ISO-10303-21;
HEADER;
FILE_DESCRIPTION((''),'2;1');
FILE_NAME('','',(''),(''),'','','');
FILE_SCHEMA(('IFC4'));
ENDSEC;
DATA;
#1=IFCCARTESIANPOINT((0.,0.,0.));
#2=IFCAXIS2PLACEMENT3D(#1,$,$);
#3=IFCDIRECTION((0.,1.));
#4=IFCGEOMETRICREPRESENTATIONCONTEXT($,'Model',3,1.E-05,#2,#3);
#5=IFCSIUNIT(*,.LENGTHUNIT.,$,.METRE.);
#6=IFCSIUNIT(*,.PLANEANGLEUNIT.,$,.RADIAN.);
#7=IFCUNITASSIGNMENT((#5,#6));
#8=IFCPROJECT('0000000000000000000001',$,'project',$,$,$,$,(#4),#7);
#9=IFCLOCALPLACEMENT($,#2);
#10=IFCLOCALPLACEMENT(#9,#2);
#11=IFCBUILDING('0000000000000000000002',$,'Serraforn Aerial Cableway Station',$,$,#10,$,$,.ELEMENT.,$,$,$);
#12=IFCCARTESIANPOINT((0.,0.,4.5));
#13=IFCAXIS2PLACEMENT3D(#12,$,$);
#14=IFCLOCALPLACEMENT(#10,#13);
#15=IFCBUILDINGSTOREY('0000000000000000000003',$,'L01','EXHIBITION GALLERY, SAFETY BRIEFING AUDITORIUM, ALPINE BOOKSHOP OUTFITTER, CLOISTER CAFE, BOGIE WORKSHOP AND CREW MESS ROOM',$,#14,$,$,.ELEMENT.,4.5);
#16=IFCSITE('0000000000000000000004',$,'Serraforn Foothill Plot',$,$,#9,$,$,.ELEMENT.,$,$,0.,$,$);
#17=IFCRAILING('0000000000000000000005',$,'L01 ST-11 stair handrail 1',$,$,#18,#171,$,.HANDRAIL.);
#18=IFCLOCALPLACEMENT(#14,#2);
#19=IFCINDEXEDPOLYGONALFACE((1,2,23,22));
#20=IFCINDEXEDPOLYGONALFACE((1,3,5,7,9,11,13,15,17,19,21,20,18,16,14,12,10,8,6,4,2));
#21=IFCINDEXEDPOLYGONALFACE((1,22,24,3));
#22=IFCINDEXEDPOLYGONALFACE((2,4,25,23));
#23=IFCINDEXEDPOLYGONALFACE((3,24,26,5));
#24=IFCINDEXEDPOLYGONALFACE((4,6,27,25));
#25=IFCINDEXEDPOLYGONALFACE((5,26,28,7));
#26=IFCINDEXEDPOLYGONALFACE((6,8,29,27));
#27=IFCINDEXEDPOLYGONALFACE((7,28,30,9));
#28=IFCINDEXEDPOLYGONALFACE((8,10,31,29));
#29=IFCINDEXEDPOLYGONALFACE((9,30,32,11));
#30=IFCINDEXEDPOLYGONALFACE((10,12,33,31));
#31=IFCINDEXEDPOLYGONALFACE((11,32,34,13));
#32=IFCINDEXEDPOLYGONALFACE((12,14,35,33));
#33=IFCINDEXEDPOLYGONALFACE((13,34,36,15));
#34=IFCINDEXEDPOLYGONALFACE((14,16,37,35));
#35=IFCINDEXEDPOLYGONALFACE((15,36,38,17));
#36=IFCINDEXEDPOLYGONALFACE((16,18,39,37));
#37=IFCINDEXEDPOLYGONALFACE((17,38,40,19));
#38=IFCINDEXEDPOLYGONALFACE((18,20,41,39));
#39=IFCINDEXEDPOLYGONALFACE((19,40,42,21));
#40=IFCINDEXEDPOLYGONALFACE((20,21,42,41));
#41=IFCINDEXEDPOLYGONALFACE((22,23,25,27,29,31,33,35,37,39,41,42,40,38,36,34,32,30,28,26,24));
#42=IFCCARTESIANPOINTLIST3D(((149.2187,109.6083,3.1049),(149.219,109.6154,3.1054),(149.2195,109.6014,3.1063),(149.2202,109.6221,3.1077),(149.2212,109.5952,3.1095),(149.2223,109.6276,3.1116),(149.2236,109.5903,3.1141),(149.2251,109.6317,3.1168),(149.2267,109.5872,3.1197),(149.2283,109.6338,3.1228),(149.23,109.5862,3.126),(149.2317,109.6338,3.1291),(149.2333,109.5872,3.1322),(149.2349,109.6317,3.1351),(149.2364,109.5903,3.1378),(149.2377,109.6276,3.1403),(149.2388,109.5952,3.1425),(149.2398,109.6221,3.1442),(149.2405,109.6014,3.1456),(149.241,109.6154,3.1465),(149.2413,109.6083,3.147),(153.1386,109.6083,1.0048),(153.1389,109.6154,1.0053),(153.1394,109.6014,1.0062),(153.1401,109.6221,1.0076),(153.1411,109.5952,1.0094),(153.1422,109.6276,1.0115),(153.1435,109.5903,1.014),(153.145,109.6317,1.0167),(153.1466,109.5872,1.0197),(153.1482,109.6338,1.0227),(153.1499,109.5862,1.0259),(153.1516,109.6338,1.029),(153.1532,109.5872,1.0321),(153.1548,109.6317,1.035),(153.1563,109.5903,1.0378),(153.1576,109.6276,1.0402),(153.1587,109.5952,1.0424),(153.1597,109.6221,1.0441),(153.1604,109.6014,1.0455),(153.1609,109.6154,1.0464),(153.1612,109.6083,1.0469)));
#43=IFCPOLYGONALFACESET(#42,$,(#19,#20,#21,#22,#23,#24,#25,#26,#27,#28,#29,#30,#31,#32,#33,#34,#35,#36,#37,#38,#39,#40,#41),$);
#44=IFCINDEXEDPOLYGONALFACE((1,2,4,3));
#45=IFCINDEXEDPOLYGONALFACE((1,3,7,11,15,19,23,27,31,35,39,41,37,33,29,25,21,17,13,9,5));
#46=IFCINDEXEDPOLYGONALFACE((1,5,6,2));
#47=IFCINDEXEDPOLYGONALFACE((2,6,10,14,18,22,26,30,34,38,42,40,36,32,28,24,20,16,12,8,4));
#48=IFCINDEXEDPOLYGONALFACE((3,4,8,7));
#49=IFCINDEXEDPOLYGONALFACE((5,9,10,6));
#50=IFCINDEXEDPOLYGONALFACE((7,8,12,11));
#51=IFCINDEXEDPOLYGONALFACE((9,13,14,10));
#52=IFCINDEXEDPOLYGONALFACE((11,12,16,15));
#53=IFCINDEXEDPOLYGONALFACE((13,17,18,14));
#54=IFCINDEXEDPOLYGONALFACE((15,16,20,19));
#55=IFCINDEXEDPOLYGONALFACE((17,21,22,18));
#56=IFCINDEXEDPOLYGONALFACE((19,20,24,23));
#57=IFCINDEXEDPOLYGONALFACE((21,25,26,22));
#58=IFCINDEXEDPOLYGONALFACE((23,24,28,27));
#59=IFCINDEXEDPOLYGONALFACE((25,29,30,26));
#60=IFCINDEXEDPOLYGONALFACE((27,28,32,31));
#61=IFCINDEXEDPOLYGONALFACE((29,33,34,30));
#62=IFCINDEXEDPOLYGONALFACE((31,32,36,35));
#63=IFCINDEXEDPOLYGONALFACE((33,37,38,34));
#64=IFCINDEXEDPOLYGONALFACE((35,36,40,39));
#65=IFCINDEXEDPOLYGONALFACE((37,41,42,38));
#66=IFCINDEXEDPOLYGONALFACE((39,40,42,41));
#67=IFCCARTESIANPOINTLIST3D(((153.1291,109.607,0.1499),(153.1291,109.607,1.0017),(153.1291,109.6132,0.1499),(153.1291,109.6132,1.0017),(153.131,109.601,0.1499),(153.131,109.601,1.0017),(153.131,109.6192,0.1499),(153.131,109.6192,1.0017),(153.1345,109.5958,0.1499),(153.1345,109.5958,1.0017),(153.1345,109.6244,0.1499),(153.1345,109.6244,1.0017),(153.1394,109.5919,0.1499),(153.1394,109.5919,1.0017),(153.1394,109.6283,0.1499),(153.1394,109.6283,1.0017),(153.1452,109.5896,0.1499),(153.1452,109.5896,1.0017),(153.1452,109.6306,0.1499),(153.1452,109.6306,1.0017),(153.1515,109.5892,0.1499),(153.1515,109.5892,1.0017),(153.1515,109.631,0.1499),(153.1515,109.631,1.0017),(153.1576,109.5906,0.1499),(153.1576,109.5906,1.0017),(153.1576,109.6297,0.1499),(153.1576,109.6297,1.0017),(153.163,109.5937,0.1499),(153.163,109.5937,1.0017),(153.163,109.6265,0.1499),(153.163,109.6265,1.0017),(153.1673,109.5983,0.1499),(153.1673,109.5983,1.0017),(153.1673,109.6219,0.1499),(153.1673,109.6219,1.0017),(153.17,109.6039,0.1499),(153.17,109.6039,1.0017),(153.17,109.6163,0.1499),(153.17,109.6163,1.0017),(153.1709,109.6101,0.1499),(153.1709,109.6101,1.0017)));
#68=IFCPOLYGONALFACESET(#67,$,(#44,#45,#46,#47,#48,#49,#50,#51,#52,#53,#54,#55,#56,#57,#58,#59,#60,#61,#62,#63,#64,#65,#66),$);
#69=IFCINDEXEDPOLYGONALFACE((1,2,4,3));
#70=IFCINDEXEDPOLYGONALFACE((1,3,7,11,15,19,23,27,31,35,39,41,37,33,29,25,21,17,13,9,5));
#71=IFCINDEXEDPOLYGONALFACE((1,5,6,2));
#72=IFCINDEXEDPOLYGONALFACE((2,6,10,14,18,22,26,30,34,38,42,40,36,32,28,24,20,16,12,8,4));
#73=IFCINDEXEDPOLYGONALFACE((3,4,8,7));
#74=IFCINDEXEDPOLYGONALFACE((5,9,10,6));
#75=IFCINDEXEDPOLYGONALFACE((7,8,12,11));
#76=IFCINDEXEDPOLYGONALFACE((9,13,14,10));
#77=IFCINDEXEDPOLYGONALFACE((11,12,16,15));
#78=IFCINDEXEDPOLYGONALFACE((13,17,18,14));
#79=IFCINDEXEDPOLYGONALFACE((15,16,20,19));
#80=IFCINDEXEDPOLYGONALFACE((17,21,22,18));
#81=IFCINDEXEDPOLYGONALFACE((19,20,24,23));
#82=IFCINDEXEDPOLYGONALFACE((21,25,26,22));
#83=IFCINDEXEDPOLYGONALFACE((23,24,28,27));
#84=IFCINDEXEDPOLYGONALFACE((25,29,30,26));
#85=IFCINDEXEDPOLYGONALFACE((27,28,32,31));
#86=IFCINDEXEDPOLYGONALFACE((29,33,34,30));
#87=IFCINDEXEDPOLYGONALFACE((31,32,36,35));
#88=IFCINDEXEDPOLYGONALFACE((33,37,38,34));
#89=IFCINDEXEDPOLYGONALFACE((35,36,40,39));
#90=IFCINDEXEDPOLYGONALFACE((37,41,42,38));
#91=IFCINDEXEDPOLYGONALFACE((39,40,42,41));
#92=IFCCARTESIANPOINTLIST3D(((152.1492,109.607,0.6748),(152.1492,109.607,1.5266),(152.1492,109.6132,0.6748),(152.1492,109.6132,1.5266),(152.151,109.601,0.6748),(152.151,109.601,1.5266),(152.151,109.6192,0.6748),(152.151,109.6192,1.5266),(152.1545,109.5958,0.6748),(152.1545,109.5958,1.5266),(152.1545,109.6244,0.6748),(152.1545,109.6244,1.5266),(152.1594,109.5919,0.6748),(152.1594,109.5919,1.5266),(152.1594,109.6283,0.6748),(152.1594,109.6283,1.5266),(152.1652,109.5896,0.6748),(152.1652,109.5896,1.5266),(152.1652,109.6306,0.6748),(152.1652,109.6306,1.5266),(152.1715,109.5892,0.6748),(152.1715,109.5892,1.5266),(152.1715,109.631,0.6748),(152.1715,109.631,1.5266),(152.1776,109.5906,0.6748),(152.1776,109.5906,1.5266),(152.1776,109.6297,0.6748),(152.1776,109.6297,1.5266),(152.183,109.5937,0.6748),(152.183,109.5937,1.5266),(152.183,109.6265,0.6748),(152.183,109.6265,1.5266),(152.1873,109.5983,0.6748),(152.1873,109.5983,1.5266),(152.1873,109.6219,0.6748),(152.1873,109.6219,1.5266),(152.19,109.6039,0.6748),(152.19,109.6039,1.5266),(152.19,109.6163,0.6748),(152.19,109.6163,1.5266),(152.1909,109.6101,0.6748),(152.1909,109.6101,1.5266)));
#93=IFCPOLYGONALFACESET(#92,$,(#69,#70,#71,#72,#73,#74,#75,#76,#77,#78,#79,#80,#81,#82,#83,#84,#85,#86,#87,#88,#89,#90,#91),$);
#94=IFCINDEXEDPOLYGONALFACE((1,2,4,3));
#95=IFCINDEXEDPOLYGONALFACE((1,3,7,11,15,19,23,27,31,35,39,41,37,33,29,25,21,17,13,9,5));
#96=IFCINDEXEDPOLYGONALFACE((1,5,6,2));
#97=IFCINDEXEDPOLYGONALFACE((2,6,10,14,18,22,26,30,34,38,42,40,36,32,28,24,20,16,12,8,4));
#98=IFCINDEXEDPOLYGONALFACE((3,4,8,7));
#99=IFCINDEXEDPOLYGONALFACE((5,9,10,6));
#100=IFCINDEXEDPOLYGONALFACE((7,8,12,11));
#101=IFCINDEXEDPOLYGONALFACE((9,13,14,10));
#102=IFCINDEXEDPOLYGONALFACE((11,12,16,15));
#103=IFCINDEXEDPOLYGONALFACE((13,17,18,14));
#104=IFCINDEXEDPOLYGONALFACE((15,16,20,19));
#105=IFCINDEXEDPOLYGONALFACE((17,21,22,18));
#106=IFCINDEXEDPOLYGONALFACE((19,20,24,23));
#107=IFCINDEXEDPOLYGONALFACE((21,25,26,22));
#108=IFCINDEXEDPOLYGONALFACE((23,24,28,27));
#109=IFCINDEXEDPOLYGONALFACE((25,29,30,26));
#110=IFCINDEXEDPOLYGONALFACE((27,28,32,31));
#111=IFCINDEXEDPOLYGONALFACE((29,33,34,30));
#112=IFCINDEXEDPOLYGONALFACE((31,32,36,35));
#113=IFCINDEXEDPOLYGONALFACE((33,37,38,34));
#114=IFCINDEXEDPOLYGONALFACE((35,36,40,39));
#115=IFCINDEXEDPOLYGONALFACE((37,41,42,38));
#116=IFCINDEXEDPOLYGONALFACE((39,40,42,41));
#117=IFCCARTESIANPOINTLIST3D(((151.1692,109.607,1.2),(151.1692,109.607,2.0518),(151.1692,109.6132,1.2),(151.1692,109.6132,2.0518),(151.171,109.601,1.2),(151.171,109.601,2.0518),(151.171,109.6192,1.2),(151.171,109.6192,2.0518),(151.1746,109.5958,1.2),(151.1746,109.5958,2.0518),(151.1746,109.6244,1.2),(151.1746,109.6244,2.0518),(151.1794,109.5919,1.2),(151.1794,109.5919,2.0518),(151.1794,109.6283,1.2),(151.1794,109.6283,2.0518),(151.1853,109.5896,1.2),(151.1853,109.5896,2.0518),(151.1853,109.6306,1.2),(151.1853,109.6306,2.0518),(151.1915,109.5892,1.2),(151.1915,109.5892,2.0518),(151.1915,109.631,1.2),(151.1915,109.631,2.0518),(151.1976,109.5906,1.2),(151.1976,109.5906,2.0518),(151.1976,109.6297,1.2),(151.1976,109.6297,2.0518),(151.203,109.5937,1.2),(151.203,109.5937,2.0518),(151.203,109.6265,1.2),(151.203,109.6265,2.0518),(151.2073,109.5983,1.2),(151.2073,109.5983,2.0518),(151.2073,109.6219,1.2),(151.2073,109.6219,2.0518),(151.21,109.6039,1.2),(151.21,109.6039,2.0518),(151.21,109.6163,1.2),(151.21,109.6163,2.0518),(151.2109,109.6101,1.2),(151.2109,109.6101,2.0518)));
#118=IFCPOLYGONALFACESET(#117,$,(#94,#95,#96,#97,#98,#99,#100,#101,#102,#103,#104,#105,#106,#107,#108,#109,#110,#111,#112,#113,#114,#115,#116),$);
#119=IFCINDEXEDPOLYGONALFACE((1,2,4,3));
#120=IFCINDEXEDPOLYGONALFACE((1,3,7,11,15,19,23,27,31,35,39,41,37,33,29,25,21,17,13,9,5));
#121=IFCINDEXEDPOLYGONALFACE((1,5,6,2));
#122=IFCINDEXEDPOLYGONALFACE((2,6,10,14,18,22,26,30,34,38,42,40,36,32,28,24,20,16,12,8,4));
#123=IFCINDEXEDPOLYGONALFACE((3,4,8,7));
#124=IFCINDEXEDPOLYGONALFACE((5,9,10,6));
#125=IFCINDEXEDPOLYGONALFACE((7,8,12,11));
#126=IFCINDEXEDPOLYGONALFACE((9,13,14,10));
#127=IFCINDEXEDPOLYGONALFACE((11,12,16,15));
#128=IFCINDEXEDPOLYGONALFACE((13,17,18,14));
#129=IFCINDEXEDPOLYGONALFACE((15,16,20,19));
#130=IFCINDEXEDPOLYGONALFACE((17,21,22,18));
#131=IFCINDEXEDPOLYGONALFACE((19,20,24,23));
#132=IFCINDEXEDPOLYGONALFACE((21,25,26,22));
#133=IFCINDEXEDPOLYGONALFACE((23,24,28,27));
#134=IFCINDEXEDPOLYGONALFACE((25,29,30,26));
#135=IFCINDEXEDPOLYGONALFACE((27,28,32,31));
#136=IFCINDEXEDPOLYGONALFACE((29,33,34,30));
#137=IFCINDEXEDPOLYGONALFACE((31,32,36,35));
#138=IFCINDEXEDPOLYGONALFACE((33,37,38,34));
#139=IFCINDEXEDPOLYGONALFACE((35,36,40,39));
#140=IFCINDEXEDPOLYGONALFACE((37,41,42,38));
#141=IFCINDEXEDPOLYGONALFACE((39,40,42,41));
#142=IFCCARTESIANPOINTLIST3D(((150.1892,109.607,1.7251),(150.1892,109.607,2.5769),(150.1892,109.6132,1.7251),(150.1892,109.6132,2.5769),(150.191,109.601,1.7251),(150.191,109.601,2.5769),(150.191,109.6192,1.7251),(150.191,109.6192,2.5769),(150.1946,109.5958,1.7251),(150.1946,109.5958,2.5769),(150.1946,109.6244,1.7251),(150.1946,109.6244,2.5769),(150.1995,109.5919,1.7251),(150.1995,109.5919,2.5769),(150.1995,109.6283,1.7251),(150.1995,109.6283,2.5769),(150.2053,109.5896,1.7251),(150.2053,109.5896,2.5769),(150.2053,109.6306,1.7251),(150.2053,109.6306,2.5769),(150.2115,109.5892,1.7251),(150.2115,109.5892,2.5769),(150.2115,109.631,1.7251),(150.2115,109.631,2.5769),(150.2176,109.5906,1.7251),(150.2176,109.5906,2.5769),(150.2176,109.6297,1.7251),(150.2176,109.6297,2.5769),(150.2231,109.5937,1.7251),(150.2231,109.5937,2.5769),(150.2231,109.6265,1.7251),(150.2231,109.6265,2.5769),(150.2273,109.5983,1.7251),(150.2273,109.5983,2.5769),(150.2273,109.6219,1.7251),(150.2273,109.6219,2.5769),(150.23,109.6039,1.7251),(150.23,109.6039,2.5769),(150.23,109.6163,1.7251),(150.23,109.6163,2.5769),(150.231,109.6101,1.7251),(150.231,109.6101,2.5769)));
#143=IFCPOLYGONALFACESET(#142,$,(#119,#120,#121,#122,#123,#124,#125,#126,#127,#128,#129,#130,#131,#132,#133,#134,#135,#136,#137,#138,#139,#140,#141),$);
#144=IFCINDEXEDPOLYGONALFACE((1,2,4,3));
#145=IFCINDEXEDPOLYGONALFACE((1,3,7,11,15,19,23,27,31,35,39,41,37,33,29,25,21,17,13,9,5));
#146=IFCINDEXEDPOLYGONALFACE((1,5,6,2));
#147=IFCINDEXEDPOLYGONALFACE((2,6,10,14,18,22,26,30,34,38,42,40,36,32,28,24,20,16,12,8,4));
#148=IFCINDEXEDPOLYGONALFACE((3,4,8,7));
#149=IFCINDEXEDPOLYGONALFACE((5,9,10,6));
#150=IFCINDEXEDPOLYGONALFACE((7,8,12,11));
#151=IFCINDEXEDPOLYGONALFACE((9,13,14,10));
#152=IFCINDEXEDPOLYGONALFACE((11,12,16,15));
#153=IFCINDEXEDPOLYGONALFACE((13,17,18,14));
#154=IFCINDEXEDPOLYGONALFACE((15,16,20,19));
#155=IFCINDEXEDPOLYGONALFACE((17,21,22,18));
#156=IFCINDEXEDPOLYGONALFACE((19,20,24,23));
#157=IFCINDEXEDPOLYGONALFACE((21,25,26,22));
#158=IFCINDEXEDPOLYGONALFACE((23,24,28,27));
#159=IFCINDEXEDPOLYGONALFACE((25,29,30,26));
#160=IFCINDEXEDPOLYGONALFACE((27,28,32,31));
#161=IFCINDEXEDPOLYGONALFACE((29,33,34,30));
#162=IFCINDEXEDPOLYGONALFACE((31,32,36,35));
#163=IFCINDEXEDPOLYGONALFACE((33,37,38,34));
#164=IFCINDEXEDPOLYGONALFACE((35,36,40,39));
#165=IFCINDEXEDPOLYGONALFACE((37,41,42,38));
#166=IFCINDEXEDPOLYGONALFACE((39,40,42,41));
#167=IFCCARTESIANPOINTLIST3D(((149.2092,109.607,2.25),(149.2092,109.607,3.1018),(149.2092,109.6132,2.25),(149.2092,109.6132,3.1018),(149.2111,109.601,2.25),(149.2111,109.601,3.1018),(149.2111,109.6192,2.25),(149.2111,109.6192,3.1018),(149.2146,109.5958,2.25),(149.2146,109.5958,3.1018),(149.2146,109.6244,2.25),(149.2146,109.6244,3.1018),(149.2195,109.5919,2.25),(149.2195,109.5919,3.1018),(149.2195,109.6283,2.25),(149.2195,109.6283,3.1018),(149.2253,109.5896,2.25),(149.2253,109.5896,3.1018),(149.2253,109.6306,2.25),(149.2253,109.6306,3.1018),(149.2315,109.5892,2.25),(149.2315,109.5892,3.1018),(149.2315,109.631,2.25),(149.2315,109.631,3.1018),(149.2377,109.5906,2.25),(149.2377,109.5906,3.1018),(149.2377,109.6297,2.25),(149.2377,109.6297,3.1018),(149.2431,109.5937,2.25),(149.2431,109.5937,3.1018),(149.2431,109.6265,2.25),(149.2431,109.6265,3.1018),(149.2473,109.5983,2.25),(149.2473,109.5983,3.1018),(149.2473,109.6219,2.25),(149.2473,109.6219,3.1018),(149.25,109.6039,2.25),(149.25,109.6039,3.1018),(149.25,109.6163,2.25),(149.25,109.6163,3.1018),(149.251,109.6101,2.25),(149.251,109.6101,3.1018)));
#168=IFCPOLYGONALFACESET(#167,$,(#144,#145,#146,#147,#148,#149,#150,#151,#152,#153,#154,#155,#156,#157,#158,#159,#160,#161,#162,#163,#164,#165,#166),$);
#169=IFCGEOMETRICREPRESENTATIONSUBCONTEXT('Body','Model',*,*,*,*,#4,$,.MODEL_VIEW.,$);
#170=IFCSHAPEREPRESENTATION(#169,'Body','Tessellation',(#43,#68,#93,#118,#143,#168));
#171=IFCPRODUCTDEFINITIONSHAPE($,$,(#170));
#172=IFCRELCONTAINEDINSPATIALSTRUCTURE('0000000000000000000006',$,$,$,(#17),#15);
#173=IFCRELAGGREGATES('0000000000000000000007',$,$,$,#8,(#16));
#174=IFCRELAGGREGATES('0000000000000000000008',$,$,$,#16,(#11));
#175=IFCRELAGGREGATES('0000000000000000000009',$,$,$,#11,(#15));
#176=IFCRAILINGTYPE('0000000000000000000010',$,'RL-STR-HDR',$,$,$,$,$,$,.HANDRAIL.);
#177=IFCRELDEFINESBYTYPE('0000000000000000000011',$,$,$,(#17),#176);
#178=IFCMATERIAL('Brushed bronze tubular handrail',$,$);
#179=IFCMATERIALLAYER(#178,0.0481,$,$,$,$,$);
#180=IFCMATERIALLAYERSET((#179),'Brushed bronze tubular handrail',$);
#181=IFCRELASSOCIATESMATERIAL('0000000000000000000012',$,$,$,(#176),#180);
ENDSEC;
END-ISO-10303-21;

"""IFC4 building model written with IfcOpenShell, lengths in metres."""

from ifc_helpers import new_model, si_unit, direction, frame, origin, origin_2d, place, context, subcontext, project, spatial, circle, extrude, material, layer, layer_set, type_object, element, save


model = new_model("IFC4")

# Units and contexts
model_context = context("Model", 3, precision=1e-05, world=origin(), true_north=direction((0.0, 1.0)))
body_context = subcontext(model_context, "Body", "Model", "MODEL_VIEW")
ifc_project = project(units=[si_unit("LENGTHUNIT", "METRE"), si_unit("PLANEANGLEUNIT", "RADIAN")], contexts=[model_context])

# Site, building, storey
site_placement = place(None, origin())
site = spatial("IfcSite", under=ifc_project, at=site_placement, Name="Serraforn Foothill Plot", CompositionType="ELEMENT", RefElevation=0.0)
building_placement = place(site_placement, origin())
building = spatial("IfcBuilding", under=site, at=building_placement, Name="Serraforn Aerial Cableway Station", CompositionType="ELEMENT")
storey_placement = place(building_placement, frame((0.0, 0.0, 4.5)))
storey = spatial("IfcBuildingStorey", under=building, at=storey_placement, Name="L01", Description="EXHIBITION GALLERY, SAFETY BRIEFING AUDITORIUM, ALPINE BOOKSHOP OUTFITTER, CLOISTER CAFE, BOGIE WORKSHOP AND CREW MESS ROOM", CompositionType="ELEMENT", Elevation=4.5)

# Railing
ifc_material_1 = material(Name="Brushed bronze tubular handrail")
ifc_layer_1 = layer(ifc_material_1, 0.0481)
ifc_layer_set_1 = layer_set([ifc_layer_1], Name="Brushed bronze tubular handrail")
railing_type_1 = type_object("IfcRailingType", Name="RL-STR-HDR", PredefinedType="HANDRAIL", material=ifc_layer_set_1)
railing_1_placement = place(storey_placement, frame((153.1499, 109.6101, 0.1499)))
element("IfcRailing", 1, at=railing_1_placement, inside=storey, type_object=railing_type_1, Name="L01 ST-11 stair handrail 1", PredefinedType="HANDRAIL", context=body_context, shape_type="SweptSolid", body=[
    extrude(circle(Radius=0.0239, at=origin_2d()), frame((0.0, 0.0, 0.876), z_axis=(-0.881467, 0.0, 0.472246), x_axis=(0.0, -1.0, 0.0)), (0.0, 0.0, 1.0), 4.447),
    extrude(circle(Radius=0.021, at=origin_2d()), origin(), (0.0, 0.0, 1.0), 0.8518),
    extrude(circle(Radius=0.021, at=origin_2d()), frame((-0.98, 0.0, 0.5249)), (0.0, 0.0, 1.0), 0.8518),
    extrude(circle(Radius=0.021, at=origin_2d()), frame((-1.96, 0.0, 1.05)), (0.0, 0.0, 1.0), 0.8518),
    extrude(circle(Radius=0.021, at=origin_2d()), frame((-2.9399, 0.0, 1.5752)), (0.0, 0.0, 1.0), 0.8518),
    extrude(circle(Radius=0.021, at=origin_2d()), frame((-3.9199, 0.0, 2.1001)), (0.0, 0.0, 1.0), 0.8518),
])

save(model, "model.ifc")
